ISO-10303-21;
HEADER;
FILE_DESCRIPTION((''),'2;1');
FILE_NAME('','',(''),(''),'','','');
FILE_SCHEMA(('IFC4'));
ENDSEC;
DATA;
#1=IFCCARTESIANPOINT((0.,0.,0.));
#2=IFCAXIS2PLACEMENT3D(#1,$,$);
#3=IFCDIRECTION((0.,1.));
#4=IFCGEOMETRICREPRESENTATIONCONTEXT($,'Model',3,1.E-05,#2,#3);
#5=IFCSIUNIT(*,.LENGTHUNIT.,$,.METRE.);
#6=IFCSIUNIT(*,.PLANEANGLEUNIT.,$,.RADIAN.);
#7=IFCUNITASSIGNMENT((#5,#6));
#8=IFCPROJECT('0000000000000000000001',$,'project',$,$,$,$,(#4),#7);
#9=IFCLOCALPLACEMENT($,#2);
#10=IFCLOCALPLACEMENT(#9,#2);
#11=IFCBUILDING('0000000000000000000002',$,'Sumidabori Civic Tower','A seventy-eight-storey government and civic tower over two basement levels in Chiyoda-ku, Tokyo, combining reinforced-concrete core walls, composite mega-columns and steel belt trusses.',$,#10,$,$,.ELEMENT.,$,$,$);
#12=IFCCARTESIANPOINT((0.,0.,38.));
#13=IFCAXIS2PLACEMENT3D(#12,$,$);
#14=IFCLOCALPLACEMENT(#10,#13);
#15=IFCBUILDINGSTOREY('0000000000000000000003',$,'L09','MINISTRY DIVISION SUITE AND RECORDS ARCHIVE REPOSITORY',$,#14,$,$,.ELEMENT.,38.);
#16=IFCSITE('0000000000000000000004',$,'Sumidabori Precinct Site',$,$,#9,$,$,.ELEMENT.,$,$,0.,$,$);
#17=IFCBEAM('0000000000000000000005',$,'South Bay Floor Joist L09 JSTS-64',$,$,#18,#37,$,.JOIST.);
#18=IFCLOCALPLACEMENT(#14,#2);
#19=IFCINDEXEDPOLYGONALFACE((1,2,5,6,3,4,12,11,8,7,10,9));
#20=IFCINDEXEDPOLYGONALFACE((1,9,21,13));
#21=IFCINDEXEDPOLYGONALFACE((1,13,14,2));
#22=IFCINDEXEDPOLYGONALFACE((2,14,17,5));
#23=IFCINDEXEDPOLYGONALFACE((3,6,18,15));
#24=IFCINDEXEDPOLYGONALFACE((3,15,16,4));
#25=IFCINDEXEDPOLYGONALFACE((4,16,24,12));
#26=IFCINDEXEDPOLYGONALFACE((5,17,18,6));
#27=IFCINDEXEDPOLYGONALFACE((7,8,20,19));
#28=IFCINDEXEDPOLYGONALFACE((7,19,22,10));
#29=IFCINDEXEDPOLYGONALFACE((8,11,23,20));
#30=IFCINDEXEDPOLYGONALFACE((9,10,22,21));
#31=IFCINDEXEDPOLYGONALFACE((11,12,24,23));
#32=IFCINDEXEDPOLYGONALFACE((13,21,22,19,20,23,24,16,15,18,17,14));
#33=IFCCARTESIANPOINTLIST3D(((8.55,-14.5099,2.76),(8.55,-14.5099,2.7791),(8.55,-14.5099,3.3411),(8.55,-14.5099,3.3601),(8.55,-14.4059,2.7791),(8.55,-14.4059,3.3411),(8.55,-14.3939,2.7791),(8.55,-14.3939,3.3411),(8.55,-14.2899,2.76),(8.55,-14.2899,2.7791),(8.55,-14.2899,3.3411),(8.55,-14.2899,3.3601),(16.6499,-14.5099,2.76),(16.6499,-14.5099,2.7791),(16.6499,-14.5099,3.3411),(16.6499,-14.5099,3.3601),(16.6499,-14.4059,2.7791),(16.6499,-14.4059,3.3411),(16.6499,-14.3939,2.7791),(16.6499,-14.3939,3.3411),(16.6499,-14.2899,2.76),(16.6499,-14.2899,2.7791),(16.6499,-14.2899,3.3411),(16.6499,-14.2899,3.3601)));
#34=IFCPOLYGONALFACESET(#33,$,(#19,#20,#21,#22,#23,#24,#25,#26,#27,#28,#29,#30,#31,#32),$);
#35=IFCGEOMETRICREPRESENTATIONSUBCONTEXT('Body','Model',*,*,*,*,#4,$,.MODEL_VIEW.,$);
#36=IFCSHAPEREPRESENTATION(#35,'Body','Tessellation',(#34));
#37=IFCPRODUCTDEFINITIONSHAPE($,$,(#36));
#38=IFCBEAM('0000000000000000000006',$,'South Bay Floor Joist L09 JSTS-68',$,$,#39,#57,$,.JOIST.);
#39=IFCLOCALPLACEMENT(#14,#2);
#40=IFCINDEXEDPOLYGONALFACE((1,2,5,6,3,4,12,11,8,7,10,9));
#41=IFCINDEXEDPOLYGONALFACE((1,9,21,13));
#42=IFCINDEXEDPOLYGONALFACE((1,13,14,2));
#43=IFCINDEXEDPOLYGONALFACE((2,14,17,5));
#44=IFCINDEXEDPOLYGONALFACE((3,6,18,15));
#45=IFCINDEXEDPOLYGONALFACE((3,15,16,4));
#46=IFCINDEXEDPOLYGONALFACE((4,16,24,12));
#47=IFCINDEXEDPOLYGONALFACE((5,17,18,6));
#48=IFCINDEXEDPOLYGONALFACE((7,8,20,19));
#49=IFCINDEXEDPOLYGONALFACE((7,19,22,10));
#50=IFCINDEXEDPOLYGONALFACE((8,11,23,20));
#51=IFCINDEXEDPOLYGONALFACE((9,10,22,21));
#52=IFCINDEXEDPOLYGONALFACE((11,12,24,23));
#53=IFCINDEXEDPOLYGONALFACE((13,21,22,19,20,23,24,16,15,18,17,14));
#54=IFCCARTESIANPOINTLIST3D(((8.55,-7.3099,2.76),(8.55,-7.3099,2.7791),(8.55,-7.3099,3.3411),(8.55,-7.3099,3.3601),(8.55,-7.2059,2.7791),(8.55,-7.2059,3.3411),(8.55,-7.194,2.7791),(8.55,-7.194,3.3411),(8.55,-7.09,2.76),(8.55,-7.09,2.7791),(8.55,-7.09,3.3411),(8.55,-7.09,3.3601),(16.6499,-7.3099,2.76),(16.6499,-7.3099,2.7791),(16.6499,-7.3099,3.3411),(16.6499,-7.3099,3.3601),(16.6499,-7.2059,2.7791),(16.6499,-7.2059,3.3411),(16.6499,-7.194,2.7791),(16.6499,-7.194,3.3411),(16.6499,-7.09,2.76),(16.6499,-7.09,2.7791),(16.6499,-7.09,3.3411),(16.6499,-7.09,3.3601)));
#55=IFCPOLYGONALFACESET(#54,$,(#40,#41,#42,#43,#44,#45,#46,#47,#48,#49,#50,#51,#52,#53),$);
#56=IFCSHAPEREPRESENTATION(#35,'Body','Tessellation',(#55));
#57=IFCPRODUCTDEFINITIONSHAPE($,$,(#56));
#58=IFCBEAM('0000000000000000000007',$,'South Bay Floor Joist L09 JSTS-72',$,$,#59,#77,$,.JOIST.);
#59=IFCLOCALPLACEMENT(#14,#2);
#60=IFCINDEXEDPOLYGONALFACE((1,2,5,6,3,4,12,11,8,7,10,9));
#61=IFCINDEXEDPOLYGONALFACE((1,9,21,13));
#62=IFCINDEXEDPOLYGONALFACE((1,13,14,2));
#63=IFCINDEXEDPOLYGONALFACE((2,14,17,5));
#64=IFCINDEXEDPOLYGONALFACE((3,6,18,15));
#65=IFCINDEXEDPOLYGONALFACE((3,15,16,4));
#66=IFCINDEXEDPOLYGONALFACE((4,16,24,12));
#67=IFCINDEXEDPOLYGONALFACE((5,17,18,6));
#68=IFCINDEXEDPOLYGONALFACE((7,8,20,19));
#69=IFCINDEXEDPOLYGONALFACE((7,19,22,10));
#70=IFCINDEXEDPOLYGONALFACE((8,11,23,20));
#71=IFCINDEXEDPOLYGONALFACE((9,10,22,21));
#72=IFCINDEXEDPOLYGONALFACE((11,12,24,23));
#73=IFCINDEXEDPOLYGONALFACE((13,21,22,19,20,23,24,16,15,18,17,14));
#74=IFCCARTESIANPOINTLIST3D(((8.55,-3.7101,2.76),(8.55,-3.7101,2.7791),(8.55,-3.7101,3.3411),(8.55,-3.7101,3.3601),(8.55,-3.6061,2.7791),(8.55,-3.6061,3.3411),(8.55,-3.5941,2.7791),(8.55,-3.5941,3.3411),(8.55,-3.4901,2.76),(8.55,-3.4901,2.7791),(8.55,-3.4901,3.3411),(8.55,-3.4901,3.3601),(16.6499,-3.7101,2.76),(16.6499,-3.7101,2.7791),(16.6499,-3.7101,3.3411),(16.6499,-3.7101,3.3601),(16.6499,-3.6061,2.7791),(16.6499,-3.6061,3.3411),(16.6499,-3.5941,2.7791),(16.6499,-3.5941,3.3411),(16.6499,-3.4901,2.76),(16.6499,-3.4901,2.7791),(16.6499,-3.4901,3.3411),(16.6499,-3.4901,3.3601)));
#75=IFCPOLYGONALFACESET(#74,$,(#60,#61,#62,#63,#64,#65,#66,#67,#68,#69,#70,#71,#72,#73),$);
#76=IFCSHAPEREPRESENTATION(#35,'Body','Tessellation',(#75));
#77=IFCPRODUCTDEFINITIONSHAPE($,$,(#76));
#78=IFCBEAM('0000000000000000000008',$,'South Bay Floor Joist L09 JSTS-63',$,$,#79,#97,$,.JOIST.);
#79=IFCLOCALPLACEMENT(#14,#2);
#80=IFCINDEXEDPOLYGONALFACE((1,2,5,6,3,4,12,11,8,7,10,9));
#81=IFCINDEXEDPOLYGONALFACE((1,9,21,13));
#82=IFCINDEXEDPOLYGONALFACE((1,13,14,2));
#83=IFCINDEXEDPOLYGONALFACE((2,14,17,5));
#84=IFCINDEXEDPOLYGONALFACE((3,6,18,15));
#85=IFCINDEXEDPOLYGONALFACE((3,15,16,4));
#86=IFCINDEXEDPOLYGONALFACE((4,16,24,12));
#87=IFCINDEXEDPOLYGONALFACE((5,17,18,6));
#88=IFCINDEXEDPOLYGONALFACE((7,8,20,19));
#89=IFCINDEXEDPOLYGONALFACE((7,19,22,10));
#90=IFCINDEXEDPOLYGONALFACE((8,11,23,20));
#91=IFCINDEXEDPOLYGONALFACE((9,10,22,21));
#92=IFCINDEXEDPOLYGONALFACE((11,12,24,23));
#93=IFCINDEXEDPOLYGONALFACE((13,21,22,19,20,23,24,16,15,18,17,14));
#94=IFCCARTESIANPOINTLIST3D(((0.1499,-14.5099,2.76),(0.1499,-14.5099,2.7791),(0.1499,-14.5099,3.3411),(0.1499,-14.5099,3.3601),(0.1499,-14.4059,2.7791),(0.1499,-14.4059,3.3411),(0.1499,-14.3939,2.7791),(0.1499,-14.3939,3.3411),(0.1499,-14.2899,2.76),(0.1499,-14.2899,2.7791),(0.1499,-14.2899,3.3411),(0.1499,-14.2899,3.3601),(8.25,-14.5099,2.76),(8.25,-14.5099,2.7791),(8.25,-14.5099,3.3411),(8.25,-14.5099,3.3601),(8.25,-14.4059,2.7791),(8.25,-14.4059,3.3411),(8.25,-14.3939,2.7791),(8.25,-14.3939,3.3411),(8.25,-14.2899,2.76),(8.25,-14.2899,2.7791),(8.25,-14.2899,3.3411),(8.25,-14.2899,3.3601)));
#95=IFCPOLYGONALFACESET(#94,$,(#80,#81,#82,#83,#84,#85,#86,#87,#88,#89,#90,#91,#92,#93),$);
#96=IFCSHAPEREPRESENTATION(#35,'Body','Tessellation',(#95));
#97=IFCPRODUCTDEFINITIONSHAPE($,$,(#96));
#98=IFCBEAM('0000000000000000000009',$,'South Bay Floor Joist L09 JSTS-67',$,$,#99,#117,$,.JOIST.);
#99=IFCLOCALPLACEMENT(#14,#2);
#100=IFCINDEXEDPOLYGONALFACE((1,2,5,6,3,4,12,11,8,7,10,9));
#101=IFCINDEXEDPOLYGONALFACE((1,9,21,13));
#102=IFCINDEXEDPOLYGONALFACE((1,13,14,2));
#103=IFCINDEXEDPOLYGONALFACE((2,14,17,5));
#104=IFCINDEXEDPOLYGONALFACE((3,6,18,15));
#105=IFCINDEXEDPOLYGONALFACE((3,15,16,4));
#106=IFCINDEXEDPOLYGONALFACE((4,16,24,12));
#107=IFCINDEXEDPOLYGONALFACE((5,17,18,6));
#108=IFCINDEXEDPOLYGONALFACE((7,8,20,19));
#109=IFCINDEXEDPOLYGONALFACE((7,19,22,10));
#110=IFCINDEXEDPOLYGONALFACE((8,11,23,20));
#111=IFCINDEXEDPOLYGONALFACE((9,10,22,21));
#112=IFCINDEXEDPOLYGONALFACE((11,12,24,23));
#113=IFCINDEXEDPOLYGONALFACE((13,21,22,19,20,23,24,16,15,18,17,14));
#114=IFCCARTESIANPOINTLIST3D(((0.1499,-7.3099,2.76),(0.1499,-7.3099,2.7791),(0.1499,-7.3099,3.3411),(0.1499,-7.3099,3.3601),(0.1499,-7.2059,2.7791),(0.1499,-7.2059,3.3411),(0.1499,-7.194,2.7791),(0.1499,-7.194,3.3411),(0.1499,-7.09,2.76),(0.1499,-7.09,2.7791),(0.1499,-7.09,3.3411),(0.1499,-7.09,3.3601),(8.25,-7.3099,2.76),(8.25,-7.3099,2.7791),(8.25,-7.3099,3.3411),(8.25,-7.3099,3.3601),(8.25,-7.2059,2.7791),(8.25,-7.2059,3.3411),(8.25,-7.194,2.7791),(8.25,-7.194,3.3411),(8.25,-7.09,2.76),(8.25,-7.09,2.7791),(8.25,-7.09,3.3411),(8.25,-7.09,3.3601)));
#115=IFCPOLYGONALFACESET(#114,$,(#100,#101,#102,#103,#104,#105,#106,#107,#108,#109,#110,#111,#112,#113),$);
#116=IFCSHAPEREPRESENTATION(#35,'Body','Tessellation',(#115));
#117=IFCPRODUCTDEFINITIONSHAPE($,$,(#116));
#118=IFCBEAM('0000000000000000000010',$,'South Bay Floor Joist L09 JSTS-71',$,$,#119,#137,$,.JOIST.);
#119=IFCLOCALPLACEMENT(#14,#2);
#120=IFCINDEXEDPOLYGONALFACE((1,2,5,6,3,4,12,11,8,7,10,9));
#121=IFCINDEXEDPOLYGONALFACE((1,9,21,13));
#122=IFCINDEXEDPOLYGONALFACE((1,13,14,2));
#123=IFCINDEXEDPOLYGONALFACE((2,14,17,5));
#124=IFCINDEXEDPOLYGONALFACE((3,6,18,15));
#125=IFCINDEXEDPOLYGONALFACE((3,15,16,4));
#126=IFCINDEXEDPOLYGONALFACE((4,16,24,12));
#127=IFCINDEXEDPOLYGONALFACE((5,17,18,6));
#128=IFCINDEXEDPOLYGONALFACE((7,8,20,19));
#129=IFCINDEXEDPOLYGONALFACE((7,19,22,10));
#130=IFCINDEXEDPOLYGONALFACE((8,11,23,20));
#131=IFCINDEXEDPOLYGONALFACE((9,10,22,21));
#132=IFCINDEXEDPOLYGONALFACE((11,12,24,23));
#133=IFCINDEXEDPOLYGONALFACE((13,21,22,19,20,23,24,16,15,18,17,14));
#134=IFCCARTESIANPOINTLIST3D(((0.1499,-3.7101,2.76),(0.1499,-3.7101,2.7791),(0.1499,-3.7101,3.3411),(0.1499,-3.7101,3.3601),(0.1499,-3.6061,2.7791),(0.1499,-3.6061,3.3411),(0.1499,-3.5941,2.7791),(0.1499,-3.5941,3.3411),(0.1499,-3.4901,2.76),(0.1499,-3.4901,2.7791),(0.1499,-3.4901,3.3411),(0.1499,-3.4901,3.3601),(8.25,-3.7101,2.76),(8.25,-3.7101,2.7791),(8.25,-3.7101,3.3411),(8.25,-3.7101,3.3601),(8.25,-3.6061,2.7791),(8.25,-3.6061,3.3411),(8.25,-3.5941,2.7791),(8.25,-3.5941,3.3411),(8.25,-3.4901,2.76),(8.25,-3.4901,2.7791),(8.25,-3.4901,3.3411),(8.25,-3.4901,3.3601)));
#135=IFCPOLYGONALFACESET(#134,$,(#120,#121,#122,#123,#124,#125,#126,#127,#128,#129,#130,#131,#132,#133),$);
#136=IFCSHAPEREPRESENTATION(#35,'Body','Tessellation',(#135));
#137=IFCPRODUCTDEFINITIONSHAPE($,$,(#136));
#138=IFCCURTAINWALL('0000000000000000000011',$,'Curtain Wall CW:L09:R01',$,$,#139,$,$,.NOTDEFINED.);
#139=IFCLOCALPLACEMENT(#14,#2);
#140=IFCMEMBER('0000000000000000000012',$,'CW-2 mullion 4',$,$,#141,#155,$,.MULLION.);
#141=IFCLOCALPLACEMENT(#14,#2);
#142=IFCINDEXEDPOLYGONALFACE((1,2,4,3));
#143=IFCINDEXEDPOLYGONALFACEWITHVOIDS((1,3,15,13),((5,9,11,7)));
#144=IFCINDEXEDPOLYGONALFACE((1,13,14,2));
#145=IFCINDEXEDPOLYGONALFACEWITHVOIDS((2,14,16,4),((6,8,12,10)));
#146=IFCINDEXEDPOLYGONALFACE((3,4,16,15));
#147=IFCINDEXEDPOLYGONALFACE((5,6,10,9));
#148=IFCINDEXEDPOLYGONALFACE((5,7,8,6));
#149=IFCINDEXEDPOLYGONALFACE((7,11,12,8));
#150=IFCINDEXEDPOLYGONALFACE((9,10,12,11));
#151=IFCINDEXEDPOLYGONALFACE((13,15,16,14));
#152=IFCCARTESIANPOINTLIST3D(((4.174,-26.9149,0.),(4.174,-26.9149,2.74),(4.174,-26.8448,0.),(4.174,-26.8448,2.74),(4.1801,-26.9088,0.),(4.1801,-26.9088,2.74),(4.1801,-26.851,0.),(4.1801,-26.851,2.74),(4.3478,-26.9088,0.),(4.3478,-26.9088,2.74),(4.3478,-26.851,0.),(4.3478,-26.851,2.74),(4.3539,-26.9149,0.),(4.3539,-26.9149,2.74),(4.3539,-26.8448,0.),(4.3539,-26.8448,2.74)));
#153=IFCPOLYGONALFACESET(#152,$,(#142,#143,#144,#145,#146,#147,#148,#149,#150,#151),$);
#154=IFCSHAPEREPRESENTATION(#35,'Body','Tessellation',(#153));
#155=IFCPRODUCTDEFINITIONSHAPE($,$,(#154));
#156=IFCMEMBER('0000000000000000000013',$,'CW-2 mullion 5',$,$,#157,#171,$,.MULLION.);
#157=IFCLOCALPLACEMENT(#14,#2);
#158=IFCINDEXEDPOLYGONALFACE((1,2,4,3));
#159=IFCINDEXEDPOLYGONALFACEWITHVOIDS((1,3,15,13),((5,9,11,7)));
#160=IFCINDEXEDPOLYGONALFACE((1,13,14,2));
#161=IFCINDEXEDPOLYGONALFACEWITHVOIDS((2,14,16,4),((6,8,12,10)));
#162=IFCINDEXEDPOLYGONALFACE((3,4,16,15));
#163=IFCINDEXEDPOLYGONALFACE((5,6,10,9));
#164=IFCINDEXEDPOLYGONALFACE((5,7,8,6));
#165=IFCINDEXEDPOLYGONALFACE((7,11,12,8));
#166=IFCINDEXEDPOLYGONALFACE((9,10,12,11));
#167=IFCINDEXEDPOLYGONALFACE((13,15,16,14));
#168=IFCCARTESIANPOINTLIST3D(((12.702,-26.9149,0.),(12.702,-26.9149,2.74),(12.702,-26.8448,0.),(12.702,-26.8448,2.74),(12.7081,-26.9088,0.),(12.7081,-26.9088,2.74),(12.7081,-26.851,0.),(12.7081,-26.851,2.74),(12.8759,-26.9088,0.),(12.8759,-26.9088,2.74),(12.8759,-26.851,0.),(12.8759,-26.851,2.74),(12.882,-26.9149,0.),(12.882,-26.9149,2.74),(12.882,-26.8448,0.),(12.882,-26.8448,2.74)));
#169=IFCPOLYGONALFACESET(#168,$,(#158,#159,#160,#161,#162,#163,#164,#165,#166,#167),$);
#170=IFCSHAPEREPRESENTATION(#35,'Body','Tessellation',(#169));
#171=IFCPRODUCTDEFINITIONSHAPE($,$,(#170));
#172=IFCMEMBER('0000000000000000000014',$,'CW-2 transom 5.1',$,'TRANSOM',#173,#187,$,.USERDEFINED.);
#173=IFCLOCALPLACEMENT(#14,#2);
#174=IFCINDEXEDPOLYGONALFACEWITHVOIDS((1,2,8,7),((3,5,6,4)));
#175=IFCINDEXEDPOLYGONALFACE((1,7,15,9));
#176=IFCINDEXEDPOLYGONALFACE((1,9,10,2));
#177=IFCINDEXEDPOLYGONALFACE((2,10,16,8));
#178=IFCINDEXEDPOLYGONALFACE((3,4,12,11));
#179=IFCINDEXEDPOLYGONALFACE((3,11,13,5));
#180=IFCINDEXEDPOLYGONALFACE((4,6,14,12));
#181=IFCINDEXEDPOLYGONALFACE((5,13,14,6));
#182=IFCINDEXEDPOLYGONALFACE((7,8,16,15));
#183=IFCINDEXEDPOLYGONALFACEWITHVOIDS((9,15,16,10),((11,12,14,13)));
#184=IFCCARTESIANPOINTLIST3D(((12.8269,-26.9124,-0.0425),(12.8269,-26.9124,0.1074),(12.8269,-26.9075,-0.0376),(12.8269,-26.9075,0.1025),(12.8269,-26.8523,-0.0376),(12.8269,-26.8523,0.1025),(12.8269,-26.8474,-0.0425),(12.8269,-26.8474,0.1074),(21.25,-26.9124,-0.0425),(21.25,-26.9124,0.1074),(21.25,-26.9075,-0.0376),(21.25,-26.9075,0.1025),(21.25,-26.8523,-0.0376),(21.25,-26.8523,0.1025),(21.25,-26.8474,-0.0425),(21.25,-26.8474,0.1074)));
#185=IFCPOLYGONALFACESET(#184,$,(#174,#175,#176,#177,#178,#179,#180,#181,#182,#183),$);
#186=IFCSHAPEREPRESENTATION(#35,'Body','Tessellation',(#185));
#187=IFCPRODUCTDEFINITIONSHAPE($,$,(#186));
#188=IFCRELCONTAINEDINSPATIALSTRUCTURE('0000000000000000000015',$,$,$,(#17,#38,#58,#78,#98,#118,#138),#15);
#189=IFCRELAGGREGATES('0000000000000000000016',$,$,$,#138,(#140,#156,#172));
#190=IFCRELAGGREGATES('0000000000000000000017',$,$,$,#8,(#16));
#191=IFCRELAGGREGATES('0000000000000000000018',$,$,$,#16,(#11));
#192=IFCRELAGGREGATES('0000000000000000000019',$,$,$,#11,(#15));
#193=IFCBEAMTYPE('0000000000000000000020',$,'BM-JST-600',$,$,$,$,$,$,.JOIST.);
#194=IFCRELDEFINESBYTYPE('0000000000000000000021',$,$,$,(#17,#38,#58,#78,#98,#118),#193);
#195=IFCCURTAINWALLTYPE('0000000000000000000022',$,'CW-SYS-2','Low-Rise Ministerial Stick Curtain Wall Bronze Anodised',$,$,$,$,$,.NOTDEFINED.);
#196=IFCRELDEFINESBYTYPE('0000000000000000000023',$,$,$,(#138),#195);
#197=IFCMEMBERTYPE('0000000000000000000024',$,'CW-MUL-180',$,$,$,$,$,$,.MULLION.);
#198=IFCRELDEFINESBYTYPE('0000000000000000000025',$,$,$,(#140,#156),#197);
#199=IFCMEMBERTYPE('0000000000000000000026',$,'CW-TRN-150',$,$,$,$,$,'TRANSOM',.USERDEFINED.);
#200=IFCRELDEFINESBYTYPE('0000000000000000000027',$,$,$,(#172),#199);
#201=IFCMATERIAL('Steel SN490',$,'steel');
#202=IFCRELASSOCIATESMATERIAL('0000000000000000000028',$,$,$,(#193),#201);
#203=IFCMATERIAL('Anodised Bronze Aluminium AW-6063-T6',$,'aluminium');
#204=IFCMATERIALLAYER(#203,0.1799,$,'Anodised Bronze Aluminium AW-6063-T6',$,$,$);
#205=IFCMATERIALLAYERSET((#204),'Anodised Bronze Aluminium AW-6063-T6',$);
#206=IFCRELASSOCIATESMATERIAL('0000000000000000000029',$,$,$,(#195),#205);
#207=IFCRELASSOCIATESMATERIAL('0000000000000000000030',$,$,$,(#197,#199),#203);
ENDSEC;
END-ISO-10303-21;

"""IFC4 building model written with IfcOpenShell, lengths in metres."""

from ifc_helpers import new_model, si_unit, direction, frame, origin, origin_2d, place, context, subcontext, project, spatial, hollow_rectangle, i_section, extrude, source, transform, mapped, material, layer, layer_set, material_profile, profile_set, type_object, element, aggregate, save


model = new_model("IFC4")

# Units and contexts
model_context = context("Model", 3, precision=1e-05, world=origin(), true_north=direction((0.0, 1.0)))
body_context = subcontext(model_context, "Body", "Model", "MODEL_VIEW")
ifc_project = project(units=[si_unit("LENGTHUNIT", "METRE"), si_unit("PLANEANGLEUNIT", "RADIAN")], contexts=[model_context])

# Site, building, storey
site_placement = place(None, origin())
site = spatial("IfcSite", under=ifc_project, at=site_placement, Name="Sumidabori Precinct Site", CompositionType="ELEMENT", RefElevation=0.0)
building_placement = place(site_placement, origin())
building = spatial("IfcBuilding", under=site, at=building_placement, Name="Sumidabori Civic Tower", Description="A seventy-eight-storey government and civic tower over two basement levels in Chiyoda-ku, Tokyo, combining reinforced-concrete core walls, composite mega-columns and steel belt trusses.", CompositionType="ELEMENT")
storey_placement = place(building_placement, frame((0.0, 0.0, 38.0)))
storey = spatial("IfcBuildingStorey", under=building, at=storey_placement, Name="L09", Description="MINISTRY DIVISION SUITE AND RECORDS ARCHIVE REPOSITORY", CompositionType="ELEMENT", Elevation=38.0)

# Beams
ifc_material_1 = material(Name="Steel SN490", Category="steel")
ifc_material_profile_1 = material_profile(ifc_material_1, i_section(OverallWidth=0.22, OverallDepth=0.6001, WebThickness=0.012, FlangeThickness=0.019, at=origin_2d()), Name="IPE 600")
ifc_profile_set_1 = profile_set([ifc_material_profile_1], Name="Steel SN490")
beam_type_1 = type_object("IfcBeamType", Name="BM-JST-600", PredefinedType="JOIST", material=ifc_profile_set_1)
shared_shape_1 = source(origin(), body_context, "Body", "SweptSolid", [
    extrude(i_section(OverallWidth=0.22, OverallDepth=0.6001, WebThickness=0.012, FlangeThickness=0.019, at=origin_2d()), origin(), (0.0, 0.0, 1.0), 8.0999),
])
for number, where, z_axis, x_axis, name in (
    (1, (8.55, -14.3999, 3.0601), (1.0, 0.0, 0.0), (0.0, 1.0, 0.0), "South Bay Floor Joist L09 JSTS-64"),
    (2, (8.55, -7.2, 3.0601), (1.0, 0.0, 0.0), (0.0, 1.0, 0.0), "South Bay Floor Joist L09 JSTS-68"),
    (3, (8.55, -3.6001, 3.0601), (1.0, 0.0, 0.0), (0.0, 1.0, 0.0), "South Bay Floor Joist L09 JSTS-72"),
):
    element("IfcBeam", number, at=place(storey_placement, frame(where, z_axis=z_axis, x_axis=x_axis)), inside=storey, type_object=beam_type_1, Name=name, PredefinedType="JOIST", context=body_context, shape_type="MappedRepresentation", body=[
        mapped(shared_shape_1, transform((0.0, 0.0, 0.0), x_axis=(1.0, 0.0, 0.0), y_axis=(0.0, 1.0, 0.0), z_axis=(0.0, 0.0, 1.0), scale=1.0)),
    ])
shared_shape_2 = source(origin(), body_context, "Body", "SweptSolid", [
    extrude(i_section(OverallWidth=0.22, OverallDepth=0.6001, WebThickness=0.012, FlangeThickness=0.019, at=origin_2d()), origin(), (0.0, 0.0, 1.0), 8.1001),
])
for number, where, z_axis, x_axis, name in (
    (4, (0.1499, -14.3999, 3.0601), (1.0, 0.0, 0.0), (0.0, 1.0, 0.0), "South Bay Floor Joist L09 JSTS-63"),
    (5, (0.1499, -7.2, 3.0601), (1.0, 0.0, 0.0), (0.0, 1.0, 0.0), "South Bay Floor Joist L09 JSTS-67"),
    (6, (0.1499, -3.6001, 3.0601), (1.0, 0.0, 0.0), (0.0, 1.0, 0.0), "South Bay Floor Joist L09 JSTS-71"),
):
    element("IfcBeam", number, at=place(storey_placement, frame(where, z_axis=z_axis, x_axis=x_axis)), inside=storey, type_object=beam_type_1, Name=name, PredefinedType="JOIST", context=body_context, shape_type="MappedRepresentation", body=[
        mapped(shared_shape_2, transform((0.0, 0.0, 0.0), x_axis=(1.0, 0.0, 0.0), y_axis=(0.0, 1.0, 0.0), z_axis=(0.0, 0.0, 1.0), scale=1.0)),
    ])

# Curtain wall, members
ifc_material_2 = material(Name="Anodised Bronze Aluminium AW-6063-T6", Category="aluminium")
ifc_layer_1 = layer(ifc_material_2, 0.1799, Name="Anodised Bronze Aluminium AW-6063-T6")
ifc_layer_set_1 = layer_set([ifc_layer_1], Name="Anodised Bronze Aluminium AW-6063-T6")
curtain_wall_type = type_object("IfcCurtainWallType", Name="CW-SYS-2", Description="Low-Rise Ministerial Stick Curtain Wall Bronze Anodised", PredefinedType="NOTDEFINED", material=ifc_layer_set_1)
curtain_wall_placement = place(storey_placement, origin())
curtain_wall = element("IfcCurtainWall", 7, at=curtain_wall_placement, inside=storey, type_object=curtain_wall_type, Name="Curtain Wall CW:L09:R01", PredefinedType="NOTDEFINED")
ifc_material_profile_2 = material_profile(ifc_material_2, hollow_rectangle(XDim=0.0701, YDim=0.1799, WallThickness=0.0061, at=origin_2d()), Name="ALU MULLION 180x70")
ifc_profile_set_2 = profile_set([ifc_material_profile_2], Name="Anodised Bronze Aluminium AW-6063-T6")
member_type_1 = type_object("IfcMemberType", Name="CW-MUL-180", PredefinedType="MULLION", material=ifc_profile_set_2)
shared_shape_3 = source(origin(), body_context, "Body", "SweptSolid", [
    extrude(hollow_rectangle(XDim=0.0701, YDim=0.1799, WallThickness=0.0061, at=origin_2d()), origin(), (0.0, 0.0, 1.0), 2.74),
])
member_1_placement = place(storey_placement, frame((4.2639, -26.8799, 0.0), z_axis=(0.0, 0.0, 1.0), x_axis=(0.0, 1.0, 0.0)))
member_1 = element("IfcMember", 8, at=member_1_placement, type_object=member_type_1, Name="CW-2 mullion 4", PredefinedType="MULLION", context=body_context, shape_type="MappedRepresentation", body=[
    mapped(shared_shape_3, transform((0.0, 0.0, 0.0), x_axis=(1.0, 0.0, 0.0), y_axis=(0.0, 1.0, 0.0), z_axis=(0.0, 0.0, 1.0), scale=1.0)),
])
member_2_placement = place(storey_placement, frame((12.792, -26.8799, 0.0), z_axis=(0.0, 0.0, 1.0), x_axis=(0.0, 1.0, 0.0)))
member_2 = element("IfcMember", 9, at=member_2_placement, type_object=member_type_1, Name="CW-2 mullion 5", PredefinedType="MULLION", context=body_context, shape_type="MappedRepresentation", body=[
    mapped(shared_shape_3, transform((0.0, 0.0, 0.0), x_axis=(1.0, 0.0, 0.0), y_axis=(0.0, 1.0, 0.0), z_axis=(0.0, 0.0, 1.0), scale=1.0)),
])
ifc_material_profile_3 = material_profile(ifc_material_2, hollow_rectangle(XDim=0.0649, YDim=0.1499, WallThickness=0.0049, at=origin_2d()), Name="ALU TRANSOM 150x65")
ifc_profile_set_3 = profile_set([ifc_material_profile_3], Name="Anodised Bronze Aluminium AW-6063-T6")
member_type_2 = type_object("IfcMemberType", Name="CW-TRN-150", ElementType="TRANSOM", PredefinedType="USERDEFINED", material=ifc_profile_set_3)
shared_shape_4 = source(origin(), body_context, "Body", "SweptSolid", [
    extrude(hollow_rectangle(XDim=0.0649, YDim=0.1499, WallThickness=0.0049, at=origin_2d()), origin(), (0.0, 0.0, 1.0), 8.4231),
])
member_3_placement = place(storey_placement, frame((12.8269, -26.8799, 0.0325), z_axis=(1.0, 0.0, 0.0), x_axis=(0.0, 1.0, 0.0)))
member_3 = element("IfcMember", 10, at=member_3_placement, type_object=member_type_2, Name="CW-2 transom 5.1", ObjectType="TRANSOM", PredefinedType="USERDEFINED", context=body_context, shape_type="MappedRepresentation", body=[
    mapped(shared_shape_4, transform((0.0, 0.0, 0.0), x_axis=(1.0, 0.0, 0.0), y_axis=(0.0, 1.0, 0.0), z_axis=(0.0, 0.0, 1.0), scale=1.0)),
])
aggregate(curtain_wall, [member_1, member_2, member_3])

save(model, "model.ifc")
